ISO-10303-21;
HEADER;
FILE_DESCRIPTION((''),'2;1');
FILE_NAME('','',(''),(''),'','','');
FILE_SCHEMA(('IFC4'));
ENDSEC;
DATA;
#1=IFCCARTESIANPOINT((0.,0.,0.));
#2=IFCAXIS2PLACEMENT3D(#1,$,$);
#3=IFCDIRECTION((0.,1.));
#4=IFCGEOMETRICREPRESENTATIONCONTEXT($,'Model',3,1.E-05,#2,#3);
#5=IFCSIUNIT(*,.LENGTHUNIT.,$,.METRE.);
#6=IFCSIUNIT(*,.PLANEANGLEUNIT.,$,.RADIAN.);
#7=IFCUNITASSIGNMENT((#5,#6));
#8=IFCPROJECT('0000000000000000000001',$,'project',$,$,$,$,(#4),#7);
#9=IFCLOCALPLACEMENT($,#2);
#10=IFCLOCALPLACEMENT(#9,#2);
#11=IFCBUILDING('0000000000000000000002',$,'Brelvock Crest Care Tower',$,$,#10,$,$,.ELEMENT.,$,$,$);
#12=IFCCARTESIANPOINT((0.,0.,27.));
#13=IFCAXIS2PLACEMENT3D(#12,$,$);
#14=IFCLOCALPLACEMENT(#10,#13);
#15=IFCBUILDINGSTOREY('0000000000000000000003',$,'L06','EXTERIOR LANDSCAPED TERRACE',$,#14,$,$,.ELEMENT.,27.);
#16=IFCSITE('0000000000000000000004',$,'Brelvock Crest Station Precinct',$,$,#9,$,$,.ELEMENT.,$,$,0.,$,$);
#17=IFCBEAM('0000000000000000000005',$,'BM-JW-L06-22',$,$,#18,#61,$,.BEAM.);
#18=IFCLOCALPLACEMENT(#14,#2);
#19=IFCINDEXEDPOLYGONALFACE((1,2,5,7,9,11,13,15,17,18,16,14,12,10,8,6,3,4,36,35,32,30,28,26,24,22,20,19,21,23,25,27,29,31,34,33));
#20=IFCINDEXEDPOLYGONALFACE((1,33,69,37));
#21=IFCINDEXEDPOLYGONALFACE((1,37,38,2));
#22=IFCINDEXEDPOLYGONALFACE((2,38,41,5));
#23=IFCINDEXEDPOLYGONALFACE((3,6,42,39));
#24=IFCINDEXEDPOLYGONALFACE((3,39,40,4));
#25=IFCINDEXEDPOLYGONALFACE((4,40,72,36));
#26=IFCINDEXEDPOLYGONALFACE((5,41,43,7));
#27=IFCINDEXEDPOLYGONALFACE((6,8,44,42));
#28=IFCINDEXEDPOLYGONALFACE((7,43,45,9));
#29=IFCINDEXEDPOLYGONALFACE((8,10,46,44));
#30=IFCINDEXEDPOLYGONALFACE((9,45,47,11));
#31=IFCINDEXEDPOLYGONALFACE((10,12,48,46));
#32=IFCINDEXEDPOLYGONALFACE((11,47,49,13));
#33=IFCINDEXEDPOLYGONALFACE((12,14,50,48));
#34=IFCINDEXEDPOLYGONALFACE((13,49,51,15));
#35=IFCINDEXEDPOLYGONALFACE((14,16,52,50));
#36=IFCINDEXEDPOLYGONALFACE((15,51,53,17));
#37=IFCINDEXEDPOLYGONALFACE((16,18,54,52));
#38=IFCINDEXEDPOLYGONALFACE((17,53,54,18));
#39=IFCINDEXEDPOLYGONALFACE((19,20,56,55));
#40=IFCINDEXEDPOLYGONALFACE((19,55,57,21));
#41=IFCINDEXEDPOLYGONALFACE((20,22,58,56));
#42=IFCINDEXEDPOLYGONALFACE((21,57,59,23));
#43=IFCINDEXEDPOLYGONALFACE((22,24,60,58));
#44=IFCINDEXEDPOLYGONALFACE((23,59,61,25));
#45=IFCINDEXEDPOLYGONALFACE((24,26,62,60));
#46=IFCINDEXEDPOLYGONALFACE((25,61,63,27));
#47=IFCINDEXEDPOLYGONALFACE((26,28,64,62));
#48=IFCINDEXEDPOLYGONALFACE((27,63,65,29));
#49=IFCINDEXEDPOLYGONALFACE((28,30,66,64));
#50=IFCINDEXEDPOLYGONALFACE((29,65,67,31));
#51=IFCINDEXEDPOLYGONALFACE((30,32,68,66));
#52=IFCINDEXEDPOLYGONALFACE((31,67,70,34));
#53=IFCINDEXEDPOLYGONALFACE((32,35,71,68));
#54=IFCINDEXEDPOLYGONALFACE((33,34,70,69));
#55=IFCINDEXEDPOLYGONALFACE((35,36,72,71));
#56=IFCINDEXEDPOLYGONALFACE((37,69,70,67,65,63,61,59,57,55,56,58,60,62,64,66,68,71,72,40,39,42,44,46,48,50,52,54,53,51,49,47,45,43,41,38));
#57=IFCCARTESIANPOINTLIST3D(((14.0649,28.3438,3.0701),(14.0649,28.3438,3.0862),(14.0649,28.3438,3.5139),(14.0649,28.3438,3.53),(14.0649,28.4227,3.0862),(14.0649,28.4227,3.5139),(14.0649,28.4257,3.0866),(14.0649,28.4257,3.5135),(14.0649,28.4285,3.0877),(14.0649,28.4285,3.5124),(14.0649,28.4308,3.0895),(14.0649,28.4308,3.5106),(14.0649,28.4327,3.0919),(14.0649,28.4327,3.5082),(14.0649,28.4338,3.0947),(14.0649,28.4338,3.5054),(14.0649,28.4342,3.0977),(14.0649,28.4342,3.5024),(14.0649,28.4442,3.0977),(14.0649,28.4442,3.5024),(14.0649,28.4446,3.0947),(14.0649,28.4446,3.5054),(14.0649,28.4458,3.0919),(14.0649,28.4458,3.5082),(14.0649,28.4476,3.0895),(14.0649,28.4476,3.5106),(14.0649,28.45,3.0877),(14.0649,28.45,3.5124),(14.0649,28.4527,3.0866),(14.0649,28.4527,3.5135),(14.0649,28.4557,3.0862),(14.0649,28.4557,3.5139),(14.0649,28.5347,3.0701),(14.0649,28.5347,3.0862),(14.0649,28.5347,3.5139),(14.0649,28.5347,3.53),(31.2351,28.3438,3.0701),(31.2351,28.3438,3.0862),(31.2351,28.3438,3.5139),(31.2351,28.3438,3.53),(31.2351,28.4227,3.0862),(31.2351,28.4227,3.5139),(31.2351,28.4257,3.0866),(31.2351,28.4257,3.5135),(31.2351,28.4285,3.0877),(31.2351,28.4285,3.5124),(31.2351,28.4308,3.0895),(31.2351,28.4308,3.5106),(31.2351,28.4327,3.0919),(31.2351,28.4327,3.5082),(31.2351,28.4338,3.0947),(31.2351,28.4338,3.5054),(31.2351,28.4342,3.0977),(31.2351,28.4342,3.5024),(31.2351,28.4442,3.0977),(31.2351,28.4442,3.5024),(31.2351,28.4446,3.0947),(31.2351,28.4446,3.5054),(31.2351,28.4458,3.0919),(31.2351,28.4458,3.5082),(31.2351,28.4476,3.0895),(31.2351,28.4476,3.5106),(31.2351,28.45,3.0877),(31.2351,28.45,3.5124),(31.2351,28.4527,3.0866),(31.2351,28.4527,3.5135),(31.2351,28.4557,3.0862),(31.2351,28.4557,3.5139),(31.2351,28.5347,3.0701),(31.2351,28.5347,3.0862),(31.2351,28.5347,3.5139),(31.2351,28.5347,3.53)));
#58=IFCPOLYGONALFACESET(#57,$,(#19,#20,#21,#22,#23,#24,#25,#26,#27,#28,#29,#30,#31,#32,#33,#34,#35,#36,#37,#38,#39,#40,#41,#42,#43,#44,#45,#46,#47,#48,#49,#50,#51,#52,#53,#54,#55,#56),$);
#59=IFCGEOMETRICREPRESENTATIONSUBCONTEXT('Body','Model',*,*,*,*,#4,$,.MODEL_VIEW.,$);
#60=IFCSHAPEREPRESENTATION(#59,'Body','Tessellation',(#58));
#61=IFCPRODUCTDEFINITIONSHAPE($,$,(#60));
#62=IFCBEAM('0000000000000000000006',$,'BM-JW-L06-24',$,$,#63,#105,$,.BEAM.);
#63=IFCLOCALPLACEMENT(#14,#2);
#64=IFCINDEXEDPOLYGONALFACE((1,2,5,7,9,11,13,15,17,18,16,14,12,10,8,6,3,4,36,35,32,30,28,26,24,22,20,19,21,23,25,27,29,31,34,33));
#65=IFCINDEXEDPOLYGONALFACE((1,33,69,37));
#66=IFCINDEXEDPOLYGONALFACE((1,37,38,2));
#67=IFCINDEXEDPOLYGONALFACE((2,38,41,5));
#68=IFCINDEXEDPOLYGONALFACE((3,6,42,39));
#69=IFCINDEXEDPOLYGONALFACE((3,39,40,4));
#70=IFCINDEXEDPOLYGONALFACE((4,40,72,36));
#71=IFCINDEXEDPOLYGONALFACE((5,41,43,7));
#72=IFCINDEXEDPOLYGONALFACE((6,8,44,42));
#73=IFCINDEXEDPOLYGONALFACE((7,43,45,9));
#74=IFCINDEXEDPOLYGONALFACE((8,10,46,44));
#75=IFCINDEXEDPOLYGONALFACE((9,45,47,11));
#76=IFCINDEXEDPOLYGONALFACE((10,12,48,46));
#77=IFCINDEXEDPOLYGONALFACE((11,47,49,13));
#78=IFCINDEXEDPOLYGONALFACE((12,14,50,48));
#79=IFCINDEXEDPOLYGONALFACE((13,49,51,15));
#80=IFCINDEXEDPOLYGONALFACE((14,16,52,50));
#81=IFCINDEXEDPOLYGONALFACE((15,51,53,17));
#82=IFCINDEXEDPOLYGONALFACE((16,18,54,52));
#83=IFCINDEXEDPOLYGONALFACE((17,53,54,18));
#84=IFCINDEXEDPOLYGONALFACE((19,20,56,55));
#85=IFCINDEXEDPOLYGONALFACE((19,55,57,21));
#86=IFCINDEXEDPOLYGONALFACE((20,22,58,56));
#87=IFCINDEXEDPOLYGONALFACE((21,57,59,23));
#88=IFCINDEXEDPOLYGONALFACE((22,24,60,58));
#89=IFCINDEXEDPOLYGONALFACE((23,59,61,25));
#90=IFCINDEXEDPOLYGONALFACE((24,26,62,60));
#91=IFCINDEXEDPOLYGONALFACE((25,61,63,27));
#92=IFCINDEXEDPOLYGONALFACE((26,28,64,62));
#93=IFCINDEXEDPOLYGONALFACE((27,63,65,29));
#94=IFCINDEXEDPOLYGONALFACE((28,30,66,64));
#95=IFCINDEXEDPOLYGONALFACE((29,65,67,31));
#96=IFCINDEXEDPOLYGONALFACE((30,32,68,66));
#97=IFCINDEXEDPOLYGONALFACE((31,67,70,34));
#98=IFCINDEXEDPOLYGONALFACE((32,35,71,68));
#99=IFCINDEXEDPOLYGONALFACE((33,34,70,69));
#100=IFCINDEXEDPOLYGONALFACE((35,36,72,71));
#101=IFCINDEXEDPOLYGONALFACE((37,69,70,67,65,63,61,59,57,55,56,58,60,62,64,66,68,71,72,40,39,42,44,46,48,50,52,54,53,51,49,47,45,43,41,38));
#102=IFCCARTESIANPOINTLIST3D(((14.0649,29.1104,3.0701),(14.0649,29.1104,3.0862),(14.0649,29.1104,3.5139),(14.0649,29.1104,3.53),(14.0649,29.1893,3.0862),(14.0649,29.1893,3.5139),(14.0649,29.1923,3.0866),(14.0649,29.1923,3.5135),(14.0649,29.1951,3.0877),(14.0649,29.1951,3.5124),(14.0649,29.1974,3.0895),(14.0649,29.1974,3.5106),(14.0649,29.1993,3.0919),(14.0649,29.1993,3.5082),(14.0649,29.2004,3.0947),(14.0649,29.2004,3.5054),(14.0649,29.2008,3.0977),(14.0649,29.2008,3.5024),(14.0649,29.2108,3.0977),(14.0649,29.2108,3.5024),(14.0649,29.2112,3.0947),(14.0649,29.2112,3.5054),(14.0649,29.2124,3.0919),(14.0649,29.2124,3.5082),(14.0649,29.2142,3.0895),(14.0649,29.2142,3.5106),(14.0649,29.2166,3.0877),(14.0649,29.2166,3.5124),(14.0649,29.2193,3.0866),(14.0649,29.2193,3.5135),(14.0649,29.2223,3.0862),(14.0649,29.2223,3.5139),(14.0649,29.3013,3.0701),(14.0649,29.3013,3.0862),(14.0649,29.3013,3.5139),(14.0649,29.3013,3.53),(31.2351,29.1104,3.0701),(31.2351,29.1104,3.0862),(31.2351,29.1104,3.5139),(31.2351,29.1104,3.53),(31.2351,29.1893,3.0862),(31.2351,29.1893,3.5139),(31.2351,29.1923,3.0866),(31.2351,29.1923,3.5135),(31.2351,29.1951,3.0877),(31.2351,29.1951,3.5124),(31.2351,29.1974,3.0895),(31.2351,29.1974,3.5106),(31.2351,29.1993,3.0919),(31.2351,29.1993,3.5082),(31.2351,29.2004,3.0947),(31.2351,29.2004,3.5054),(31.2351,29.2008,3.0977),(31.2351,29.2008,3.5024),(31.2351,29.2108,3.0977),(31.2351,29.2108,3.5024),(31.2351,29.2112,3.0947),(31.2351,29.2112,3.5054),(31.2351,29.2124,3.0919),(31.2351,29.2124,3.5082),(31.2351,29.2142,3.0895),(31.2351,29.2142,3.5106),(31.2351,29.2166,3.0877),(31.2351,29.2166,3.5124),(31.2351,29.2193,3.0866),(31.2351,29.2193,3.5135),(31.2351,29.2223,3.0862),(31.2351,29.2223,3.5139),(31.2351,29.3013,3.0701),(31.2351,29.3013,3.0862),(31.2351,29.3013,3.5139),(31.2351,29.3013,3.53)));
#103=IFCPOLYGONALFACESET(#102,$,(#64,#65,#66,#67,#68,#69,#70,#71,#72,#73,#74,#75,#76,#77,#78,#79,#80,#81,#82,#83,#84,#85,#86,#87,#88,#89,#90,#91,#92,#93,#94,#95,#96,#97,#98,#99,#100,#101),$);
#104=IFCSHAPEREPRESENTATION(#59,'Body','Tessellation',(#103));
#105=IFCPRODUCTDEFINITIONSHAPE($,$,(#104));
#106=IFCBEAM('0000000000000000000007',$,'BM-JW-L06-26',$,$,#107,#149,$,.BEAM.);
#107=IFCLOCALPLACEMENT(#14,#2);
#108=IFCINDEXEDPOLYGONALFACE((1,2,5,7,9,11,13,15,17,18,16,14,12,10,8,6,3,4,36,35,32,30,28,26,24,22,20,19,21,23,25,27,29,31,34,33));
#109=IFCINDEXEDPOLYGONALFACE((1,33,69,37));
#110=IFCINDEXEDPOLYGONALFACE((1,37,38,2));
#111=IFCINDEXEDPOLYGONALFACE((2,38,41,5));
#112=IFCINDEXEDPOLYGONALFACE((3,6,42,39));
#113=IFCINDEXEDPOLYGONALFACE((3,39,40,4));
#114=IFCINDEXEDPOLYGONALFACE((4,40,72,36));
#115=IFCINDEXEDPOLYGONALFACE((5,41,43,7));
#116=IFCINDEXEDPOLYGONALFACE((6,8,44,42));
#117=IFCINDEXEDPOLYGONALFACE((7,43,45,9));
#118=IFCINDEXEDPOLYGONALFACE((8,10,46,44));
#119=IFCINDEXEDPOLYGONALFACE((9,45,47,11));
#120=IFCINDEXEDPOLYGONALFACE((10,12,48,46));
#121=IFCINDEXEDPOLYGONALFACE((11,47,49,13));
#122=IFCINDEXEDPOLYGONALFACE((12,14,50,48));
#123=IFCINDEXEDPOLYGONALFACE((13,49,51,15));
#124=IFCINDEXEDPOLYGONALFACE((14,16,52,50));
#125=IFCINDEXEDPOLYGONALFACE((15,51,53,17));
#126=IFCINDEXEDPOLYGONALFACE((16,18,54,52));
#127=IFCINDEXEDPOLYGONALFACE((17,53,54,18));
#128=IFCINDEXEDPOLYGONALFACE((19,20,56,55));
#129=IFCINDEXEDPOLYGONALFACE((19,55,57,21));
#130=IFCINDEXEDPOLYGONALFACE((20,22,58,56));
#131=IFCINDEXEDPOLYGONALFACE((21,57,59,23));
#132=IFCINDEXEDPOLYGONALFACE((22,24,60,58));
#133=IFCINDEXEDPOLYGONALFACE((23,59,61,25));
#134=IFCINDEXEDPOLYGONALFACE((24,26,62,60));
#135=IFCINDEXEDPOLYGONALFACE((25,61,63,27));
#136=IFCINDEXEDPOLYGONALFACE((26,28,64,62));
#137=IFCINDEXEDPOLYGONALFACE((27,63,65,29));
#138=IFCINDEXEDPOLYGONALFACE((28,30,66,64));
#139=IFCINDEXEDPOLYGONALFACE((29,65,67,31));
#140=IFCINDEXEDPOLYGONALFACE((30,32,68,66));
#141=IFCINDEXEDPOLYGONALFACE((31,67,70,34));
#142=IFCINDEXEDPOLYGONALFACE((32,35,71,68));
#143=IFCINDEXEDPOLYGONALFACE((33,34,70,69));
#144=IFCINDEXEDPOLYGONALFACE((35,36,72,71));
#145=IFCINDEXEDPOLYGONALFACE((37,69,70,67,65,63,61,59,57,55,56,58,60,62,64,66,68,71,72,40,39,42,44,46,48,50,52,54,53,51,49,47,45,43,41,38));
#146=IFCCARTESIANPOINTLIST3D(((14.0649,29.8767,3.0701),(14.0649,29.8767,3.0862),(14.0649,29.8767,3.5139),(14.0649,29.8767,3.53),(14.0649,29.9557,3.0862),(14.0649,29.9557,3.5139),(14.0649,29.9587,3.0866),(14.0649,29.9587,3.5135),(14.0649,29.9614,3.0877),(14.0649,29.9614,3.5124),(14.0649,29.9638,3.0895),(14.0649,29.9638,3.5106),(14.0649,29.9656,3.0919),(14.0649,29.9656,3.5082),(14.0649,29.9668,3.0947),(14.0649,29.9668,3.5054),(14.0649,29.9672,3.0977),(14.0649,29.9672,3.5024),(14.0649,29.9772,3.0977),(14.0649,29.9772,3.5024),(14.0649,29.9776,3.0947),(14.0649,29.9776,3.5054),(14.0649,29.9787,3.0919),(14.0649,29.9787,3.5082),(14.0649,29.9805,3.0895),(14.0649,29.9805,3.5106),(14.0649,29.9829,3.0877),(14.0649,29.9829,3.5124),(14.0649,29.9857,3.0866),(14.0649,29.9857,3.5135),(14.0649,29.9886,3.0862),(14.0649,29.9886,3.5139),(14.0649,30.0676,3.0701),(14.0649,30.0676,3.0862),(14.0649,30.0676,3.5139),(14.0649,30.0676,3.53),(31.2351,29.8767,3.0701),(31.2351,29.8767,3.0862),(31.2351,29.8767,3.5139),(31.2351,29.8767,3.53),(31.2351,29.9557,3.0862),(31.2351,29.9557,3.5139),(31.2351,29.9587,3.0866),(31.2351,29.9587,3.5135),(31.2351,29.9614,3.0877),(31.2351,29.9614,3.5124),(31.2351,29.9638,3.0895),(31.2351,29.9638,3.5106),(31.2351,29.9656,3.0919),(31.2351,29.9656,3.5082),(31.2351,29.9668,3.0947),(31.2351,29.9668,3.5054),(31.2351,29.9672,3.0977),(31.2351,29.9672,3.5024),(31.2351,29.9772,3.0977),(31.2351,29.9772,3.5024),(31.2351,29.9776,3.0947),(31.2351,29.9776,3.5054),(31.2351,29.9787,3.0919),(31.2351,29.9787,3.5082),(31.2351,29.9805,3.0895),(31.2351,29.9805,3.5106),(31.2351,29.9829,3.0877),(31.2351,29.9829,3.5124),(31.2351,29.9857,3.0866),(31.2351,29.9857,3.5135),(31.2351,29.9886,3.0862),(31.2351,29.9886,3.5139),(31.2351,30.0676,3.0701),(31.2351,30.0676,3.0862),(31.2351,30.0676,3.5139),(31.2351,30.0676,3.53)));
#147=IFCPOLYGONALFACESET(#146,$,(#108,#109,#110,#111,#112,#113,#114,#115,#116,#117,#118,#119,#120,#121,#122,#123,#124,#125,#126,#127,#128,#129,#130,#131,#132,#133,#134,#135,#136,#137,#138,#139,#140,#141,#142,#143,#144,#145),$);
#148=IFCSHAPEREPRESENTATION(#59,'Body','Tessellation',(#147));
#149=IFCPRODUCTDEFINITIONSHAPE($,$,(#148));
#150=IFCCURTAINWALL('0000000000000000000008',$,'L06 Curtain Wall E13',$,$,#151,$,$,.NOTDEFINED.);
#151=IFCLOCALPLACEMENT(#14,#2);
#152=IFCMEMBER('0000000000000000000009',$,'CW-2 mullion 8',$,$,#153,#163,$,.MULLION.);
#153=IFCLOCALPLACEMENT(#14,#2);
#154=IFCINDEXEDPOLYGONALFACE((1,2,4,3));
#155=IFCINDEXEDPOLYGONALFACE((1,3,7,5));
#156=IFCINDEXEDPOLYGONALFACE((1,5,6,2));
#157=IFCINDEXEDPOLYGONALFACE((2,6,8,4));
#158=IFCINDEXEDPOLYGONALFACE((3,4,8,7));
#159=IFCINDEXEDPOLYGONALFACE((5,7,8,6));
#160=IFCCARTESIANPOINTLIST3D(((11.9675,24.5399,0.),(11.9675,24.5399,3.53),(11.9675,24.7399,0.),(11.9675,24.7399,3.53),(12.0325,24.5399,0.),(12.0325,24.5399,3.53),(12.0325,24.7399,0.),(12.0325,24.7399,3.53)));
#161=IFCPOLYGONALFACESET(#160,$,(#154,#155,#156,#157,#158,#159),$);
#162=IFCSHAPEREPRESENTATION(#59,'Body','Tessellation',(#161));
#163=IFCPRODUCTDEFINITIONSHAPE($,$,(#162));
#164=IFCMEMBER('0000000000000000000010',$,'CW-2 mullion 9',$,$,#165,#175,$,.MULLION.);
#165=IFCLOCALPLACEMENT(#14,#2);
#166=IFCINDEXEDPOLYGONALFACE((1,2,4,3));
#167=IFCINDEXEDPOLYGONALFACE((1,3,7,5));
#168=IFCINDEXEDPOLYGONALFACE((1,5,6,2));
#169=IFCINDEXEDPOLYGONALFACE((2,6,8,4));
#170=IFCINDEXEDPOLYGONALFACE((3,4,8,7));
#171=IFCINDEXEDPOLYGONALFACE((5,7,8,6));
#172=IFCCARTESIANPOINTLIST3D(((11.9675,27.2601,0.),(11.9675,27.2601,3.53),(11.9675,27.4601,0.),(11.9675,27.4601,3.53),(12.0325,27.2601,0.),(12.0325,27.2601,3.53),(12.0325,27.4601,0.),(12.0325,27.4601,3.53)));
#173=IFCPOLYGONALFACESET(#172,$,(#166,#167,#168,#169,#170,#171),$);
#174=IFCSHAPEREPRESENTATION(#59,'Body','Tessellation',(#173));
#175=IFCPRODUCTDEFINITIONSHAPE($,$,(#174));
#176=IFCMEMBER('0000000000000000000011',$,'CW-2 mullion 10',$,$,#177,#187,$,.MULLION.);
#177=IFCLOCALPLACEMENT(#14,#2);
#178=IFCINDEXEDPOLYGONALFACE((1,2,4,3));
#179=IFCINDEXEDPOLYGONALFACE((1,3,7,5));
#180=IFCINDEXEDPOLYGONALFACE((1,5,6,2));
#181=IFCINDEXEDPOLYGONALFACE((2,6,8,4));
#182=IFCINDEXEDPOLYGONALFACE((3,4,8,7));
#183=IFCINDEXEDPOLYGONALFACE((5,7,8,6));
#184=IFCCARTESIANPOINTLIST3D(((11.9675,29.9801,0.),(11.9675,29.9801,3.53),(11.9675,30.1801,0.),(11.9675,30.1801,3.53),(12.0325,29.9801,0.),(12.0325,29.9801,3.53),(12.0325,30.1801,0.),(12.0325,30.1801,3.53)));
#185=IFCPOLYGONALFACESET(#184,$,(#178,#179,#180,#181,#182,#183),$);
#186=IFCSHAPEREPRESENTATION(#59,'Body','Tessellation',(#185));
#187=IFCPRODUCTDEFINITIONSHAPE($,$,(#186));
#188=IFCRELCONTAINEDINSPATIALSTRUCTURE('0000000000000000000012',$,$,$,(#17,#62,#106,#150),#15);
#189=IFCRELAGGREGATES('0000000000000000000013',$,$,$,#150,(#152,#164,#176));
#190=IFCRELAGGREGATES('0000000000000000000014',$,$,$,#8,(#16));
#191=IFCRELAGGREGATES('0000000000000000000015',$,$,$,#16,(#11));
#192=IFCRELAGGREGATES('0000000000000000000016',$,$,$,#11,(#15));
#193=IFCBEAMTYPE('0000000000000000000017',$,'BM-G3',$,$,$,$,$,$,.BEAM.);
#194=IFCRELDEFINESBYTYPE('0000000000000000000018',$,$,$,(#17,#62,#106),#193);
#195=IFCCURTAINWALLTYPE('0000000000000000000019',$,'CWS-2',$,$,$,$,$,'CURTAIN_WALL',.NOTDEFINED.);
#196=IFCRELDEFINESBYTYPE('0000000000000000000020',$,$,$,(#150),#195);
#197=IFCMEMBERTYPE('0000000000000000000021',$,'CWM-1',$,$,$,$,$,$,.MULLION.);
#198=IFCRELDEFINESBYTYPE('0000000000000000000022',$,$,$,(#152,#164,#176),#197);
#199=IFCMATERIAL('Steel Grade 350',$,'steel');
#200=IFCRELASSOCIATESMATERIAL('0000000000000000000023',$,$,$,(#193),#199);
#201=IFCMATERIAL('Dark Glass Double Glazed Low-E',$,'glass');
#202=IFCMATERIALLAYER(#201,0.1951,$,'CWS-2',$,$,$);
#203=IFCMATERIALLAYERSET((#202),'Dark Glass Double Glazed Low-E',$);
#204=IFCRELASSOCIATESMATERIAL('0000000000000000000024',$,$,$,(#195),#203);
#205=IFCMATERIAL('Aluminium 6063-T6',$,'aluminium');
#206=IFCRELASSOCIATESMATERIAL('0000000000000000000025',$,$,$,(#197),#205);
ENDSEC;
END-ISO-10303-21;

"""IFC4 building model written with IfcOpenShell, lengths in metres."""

from ifc_helpers import new_model, si_unit, direction, frame, origin, origin_2d, place, context, subcontext, project, spatial, rectangle, i_section, extrude, source, transform, mapped, material, layer, layer_set, material_profile, profile_set, type_object, element, aggregate, save


model = new_model("IFC4")

# Units and contexts
model_context = context("Model", 3, precision=1e-05, world=origin(), true_north=direction((0.0, 1.0)))
body_context = subcontext(model_context, "Body", "Model", "MODEL_VIEW")
ifc_project = project(units=[si_unit("LENGTHUNIT", "METRE"), si_unit("PLANEANGLEUNIT", "RADIAN")], contexts=[model_context])

# Site, building, storey
site_placement = place(None, origin())
site = spatial("IfcSite", under=ifc_project, at=site_placement, Name="Brelvock Crest Station Precinct", CompositionType="ELEMENT", RefElevation=0.0)
building_placement = place(site_placement, origin())
building = spatial("IfcBuilding", under=site, at=building_placement, Name="Brelvock Crest Care Tower", CompositionType="ELEMENT")
storey_placement = place(building_placement, frame((0.0, 0.0, 27.0)))
storey = spatial("IfcBuildingStorey", under=building, at=storey_placement, Name="L06", Description="EXTERIOR LANDSCAPED TERRACE", CompositionType="ELEMENT", Elevation=27.0)

# Beams
ifc_material_1 = material(Name="Steel Grade 350", Category="steel")
ifc_material_profile_1 = material_profile(ifc_material_1, i_section(OverallWidth=0.1909, OverallDepth=0.46, WebThickness=0.01, FlangeThickness=0.0161, FilletRadius=0.0115, at=origin_2d()), Name="460UB82.1")
ifc_profile_set_1 = profile_set([ifc_material_profile_1], Name="Steel Grade 350")
beam_type_1 = type_object("IfcBeamType", Name="BM-G3", PredefinedType="BEAM", material=ifc_profile_set_1)
shared_shape_1 = source(origin(), body_context, "Body", "SweptSolid", [
    extrude(i_section(OverallWidth=0.1909, OverallDepth=0.46, WebThickness=0.01, FlangeThickness=0.0161, FilletRadius=0.0115, at=origin_2d()), origin(), (0.0, 0.0, 1.0), 17.1702),
])
for number, where, z_axis, x_axis, name in (
    (1, (14.0649, 28.4392, 3.3), (1.0, 0.0, 0.0), (0.0, 1.0, 0.0), "BM-JW-L06-22"),
    (2, (14.0649, 29.2058, 3.3), (1.0, 0.0, 0.0), (0.0, 1.0, 0.0), "BM-JW-L06-24"),
    (3, (14.0649, 29.9722, 3.3), (1.0, 0.0, 0.0), (0.0, 1.0, 0.0), "BM-JW-L06-26"),
):
    element("IfcBeam", number, at=place(storey_placement, frame(where, z_axis=z_axis, x_axis=x_axis)), inside=storey, type_object=beam_type_1, Name=name, PredefinedType="BEAM", context=body_context, shape_type="MappedRepresentation", body=[
        mapped(shared_shape_1, transform((0.0, 0.0, 0.0), x_axis=(1.0, 0.0, 0.0), y_axis=(0.0, 1.0, 0.0), z_axis=(0.0, 0.0, 1.0), scale=1.0)),
    ])

# Curtain wall, members
ifc_material_2 = material(Name="Dark Glass Double Glazed Low-E", Category="glass")
ifc_layer_1 = layer(ifc_material_2, 0.1951, Name="CWS-2")
ifc_layer_set_1 = layer_set([ifc_layer_1], Name="Dark Glass Double Glazed Low-E")
curtain_wall_type = type_object("IfcCurtainWallType", Name="CWS-2", ElementType="CURTAIN_WALL", PredefinedType="NOTDEFINED", material=ifc_layer_set_1)
curtain_wall_placement = place(storey_placement, origin())
curtain_wall = element("IfcCurtainWall", 4, at=curtain_wall_placement, inside=storey, type_object=curtain_wall_type, Name="L06 Curtain Wall E13", PredefinedType="NOTDEFINED")
ifc_material_3 = material(Name="Aluminium 6063-T6", Category="aluminium")
ifc_material_profile_2 = material_profile(ifc_material_3, rectangle(XDim=0.0649, YDim=0.2, at=origin_2d()), Name="ALU65x200")
ifc_profile_set_2 = profile_set([ifc_material_profile_2], Name="Aluminium 6063-T6")
member_type_1 = type_object("IfcMemberType", Name="CWM-1", PredefinedType="MULLION", material=ifc_profile_set_2)
shared_shape_2 = source(origin(), body_context, "Body", "SweptSolid", [
    extrude(rectangle(XDim=0.0649, YDim=0.2, at=origin_2d()), origin(), (0.0, 0.0, 1.0), 3.53),
])
member_1_placement = place(storey_placement, frame((12.0, 24.6399, 0.0), z_axis=(0.0, 0.0, 1.0), x_axis=(-1.0, 0.0, 0.0)))
member_1 = element("IfcMember", 5, at=member_1_placement, type_object=member_type_1, Name="CW-2 mullion 8", PredefinedType="MULLION", context=body_context, shape_type="MappedRepresentation", body=[
    mapped(shared_shape_2, transform((0.0, 0.0, 0.0), x_axis=(1.0, 0.0, 0.0), y_axis=(0.0, 1.0, 0.0), z_axis=(0.0, 0.0, 1.0), scale=1.0)),
])
member_2_placement = place(storey_placement, frame((12.0, 27.3601, 0.0), z_axis=(0.0, 0.0, 1.0), x_axis=(-1.0, 0.0, 0.0)))
member_2 = element("IfcMember", 6, at=member_2_placement, type_object=member_type_1, Name="CW-2 mullion 9", PredefinedType="MULLION", context=body_context, shape_type="MappedRepresentation", body=[
    mapped(shared_shape_2, transform((0.0, 0.0, 0.0), x_axis=(1.0, 0.0, 0.0), y_axis=(0.0, 1.0, 0.0), z_axis=(0.0, 0.0, 1.0), scale=1.0)),
])
member_3_placement = place(storey_placement, frame((12.0, 30.0801, 0.0), z_axis=(0.0, 0.0, 1.0), x_axis=(-1.0, 0.0, 0.0)))
member_3 = element("IfcMember", 7, at=member_3_placement, type_object=member_type_1, Name="CW-2 mullion 10", PredefinedType="MULLION", context=body_context, shape_type="MappedRepresentation", body=[
    mapped(shared_shape_2, transform((0.0, 0.0, 0.0), x_axis=(1.0, 0.0, 0.0), y_axis=(0.0, 1.0, 0.0), z_axis=(0.0, 0.0, 1.0), scale=1.0)),
])
aggregate(curtain_wall, [member_1, member_2, member_3])

save(model, "model.ifc")
